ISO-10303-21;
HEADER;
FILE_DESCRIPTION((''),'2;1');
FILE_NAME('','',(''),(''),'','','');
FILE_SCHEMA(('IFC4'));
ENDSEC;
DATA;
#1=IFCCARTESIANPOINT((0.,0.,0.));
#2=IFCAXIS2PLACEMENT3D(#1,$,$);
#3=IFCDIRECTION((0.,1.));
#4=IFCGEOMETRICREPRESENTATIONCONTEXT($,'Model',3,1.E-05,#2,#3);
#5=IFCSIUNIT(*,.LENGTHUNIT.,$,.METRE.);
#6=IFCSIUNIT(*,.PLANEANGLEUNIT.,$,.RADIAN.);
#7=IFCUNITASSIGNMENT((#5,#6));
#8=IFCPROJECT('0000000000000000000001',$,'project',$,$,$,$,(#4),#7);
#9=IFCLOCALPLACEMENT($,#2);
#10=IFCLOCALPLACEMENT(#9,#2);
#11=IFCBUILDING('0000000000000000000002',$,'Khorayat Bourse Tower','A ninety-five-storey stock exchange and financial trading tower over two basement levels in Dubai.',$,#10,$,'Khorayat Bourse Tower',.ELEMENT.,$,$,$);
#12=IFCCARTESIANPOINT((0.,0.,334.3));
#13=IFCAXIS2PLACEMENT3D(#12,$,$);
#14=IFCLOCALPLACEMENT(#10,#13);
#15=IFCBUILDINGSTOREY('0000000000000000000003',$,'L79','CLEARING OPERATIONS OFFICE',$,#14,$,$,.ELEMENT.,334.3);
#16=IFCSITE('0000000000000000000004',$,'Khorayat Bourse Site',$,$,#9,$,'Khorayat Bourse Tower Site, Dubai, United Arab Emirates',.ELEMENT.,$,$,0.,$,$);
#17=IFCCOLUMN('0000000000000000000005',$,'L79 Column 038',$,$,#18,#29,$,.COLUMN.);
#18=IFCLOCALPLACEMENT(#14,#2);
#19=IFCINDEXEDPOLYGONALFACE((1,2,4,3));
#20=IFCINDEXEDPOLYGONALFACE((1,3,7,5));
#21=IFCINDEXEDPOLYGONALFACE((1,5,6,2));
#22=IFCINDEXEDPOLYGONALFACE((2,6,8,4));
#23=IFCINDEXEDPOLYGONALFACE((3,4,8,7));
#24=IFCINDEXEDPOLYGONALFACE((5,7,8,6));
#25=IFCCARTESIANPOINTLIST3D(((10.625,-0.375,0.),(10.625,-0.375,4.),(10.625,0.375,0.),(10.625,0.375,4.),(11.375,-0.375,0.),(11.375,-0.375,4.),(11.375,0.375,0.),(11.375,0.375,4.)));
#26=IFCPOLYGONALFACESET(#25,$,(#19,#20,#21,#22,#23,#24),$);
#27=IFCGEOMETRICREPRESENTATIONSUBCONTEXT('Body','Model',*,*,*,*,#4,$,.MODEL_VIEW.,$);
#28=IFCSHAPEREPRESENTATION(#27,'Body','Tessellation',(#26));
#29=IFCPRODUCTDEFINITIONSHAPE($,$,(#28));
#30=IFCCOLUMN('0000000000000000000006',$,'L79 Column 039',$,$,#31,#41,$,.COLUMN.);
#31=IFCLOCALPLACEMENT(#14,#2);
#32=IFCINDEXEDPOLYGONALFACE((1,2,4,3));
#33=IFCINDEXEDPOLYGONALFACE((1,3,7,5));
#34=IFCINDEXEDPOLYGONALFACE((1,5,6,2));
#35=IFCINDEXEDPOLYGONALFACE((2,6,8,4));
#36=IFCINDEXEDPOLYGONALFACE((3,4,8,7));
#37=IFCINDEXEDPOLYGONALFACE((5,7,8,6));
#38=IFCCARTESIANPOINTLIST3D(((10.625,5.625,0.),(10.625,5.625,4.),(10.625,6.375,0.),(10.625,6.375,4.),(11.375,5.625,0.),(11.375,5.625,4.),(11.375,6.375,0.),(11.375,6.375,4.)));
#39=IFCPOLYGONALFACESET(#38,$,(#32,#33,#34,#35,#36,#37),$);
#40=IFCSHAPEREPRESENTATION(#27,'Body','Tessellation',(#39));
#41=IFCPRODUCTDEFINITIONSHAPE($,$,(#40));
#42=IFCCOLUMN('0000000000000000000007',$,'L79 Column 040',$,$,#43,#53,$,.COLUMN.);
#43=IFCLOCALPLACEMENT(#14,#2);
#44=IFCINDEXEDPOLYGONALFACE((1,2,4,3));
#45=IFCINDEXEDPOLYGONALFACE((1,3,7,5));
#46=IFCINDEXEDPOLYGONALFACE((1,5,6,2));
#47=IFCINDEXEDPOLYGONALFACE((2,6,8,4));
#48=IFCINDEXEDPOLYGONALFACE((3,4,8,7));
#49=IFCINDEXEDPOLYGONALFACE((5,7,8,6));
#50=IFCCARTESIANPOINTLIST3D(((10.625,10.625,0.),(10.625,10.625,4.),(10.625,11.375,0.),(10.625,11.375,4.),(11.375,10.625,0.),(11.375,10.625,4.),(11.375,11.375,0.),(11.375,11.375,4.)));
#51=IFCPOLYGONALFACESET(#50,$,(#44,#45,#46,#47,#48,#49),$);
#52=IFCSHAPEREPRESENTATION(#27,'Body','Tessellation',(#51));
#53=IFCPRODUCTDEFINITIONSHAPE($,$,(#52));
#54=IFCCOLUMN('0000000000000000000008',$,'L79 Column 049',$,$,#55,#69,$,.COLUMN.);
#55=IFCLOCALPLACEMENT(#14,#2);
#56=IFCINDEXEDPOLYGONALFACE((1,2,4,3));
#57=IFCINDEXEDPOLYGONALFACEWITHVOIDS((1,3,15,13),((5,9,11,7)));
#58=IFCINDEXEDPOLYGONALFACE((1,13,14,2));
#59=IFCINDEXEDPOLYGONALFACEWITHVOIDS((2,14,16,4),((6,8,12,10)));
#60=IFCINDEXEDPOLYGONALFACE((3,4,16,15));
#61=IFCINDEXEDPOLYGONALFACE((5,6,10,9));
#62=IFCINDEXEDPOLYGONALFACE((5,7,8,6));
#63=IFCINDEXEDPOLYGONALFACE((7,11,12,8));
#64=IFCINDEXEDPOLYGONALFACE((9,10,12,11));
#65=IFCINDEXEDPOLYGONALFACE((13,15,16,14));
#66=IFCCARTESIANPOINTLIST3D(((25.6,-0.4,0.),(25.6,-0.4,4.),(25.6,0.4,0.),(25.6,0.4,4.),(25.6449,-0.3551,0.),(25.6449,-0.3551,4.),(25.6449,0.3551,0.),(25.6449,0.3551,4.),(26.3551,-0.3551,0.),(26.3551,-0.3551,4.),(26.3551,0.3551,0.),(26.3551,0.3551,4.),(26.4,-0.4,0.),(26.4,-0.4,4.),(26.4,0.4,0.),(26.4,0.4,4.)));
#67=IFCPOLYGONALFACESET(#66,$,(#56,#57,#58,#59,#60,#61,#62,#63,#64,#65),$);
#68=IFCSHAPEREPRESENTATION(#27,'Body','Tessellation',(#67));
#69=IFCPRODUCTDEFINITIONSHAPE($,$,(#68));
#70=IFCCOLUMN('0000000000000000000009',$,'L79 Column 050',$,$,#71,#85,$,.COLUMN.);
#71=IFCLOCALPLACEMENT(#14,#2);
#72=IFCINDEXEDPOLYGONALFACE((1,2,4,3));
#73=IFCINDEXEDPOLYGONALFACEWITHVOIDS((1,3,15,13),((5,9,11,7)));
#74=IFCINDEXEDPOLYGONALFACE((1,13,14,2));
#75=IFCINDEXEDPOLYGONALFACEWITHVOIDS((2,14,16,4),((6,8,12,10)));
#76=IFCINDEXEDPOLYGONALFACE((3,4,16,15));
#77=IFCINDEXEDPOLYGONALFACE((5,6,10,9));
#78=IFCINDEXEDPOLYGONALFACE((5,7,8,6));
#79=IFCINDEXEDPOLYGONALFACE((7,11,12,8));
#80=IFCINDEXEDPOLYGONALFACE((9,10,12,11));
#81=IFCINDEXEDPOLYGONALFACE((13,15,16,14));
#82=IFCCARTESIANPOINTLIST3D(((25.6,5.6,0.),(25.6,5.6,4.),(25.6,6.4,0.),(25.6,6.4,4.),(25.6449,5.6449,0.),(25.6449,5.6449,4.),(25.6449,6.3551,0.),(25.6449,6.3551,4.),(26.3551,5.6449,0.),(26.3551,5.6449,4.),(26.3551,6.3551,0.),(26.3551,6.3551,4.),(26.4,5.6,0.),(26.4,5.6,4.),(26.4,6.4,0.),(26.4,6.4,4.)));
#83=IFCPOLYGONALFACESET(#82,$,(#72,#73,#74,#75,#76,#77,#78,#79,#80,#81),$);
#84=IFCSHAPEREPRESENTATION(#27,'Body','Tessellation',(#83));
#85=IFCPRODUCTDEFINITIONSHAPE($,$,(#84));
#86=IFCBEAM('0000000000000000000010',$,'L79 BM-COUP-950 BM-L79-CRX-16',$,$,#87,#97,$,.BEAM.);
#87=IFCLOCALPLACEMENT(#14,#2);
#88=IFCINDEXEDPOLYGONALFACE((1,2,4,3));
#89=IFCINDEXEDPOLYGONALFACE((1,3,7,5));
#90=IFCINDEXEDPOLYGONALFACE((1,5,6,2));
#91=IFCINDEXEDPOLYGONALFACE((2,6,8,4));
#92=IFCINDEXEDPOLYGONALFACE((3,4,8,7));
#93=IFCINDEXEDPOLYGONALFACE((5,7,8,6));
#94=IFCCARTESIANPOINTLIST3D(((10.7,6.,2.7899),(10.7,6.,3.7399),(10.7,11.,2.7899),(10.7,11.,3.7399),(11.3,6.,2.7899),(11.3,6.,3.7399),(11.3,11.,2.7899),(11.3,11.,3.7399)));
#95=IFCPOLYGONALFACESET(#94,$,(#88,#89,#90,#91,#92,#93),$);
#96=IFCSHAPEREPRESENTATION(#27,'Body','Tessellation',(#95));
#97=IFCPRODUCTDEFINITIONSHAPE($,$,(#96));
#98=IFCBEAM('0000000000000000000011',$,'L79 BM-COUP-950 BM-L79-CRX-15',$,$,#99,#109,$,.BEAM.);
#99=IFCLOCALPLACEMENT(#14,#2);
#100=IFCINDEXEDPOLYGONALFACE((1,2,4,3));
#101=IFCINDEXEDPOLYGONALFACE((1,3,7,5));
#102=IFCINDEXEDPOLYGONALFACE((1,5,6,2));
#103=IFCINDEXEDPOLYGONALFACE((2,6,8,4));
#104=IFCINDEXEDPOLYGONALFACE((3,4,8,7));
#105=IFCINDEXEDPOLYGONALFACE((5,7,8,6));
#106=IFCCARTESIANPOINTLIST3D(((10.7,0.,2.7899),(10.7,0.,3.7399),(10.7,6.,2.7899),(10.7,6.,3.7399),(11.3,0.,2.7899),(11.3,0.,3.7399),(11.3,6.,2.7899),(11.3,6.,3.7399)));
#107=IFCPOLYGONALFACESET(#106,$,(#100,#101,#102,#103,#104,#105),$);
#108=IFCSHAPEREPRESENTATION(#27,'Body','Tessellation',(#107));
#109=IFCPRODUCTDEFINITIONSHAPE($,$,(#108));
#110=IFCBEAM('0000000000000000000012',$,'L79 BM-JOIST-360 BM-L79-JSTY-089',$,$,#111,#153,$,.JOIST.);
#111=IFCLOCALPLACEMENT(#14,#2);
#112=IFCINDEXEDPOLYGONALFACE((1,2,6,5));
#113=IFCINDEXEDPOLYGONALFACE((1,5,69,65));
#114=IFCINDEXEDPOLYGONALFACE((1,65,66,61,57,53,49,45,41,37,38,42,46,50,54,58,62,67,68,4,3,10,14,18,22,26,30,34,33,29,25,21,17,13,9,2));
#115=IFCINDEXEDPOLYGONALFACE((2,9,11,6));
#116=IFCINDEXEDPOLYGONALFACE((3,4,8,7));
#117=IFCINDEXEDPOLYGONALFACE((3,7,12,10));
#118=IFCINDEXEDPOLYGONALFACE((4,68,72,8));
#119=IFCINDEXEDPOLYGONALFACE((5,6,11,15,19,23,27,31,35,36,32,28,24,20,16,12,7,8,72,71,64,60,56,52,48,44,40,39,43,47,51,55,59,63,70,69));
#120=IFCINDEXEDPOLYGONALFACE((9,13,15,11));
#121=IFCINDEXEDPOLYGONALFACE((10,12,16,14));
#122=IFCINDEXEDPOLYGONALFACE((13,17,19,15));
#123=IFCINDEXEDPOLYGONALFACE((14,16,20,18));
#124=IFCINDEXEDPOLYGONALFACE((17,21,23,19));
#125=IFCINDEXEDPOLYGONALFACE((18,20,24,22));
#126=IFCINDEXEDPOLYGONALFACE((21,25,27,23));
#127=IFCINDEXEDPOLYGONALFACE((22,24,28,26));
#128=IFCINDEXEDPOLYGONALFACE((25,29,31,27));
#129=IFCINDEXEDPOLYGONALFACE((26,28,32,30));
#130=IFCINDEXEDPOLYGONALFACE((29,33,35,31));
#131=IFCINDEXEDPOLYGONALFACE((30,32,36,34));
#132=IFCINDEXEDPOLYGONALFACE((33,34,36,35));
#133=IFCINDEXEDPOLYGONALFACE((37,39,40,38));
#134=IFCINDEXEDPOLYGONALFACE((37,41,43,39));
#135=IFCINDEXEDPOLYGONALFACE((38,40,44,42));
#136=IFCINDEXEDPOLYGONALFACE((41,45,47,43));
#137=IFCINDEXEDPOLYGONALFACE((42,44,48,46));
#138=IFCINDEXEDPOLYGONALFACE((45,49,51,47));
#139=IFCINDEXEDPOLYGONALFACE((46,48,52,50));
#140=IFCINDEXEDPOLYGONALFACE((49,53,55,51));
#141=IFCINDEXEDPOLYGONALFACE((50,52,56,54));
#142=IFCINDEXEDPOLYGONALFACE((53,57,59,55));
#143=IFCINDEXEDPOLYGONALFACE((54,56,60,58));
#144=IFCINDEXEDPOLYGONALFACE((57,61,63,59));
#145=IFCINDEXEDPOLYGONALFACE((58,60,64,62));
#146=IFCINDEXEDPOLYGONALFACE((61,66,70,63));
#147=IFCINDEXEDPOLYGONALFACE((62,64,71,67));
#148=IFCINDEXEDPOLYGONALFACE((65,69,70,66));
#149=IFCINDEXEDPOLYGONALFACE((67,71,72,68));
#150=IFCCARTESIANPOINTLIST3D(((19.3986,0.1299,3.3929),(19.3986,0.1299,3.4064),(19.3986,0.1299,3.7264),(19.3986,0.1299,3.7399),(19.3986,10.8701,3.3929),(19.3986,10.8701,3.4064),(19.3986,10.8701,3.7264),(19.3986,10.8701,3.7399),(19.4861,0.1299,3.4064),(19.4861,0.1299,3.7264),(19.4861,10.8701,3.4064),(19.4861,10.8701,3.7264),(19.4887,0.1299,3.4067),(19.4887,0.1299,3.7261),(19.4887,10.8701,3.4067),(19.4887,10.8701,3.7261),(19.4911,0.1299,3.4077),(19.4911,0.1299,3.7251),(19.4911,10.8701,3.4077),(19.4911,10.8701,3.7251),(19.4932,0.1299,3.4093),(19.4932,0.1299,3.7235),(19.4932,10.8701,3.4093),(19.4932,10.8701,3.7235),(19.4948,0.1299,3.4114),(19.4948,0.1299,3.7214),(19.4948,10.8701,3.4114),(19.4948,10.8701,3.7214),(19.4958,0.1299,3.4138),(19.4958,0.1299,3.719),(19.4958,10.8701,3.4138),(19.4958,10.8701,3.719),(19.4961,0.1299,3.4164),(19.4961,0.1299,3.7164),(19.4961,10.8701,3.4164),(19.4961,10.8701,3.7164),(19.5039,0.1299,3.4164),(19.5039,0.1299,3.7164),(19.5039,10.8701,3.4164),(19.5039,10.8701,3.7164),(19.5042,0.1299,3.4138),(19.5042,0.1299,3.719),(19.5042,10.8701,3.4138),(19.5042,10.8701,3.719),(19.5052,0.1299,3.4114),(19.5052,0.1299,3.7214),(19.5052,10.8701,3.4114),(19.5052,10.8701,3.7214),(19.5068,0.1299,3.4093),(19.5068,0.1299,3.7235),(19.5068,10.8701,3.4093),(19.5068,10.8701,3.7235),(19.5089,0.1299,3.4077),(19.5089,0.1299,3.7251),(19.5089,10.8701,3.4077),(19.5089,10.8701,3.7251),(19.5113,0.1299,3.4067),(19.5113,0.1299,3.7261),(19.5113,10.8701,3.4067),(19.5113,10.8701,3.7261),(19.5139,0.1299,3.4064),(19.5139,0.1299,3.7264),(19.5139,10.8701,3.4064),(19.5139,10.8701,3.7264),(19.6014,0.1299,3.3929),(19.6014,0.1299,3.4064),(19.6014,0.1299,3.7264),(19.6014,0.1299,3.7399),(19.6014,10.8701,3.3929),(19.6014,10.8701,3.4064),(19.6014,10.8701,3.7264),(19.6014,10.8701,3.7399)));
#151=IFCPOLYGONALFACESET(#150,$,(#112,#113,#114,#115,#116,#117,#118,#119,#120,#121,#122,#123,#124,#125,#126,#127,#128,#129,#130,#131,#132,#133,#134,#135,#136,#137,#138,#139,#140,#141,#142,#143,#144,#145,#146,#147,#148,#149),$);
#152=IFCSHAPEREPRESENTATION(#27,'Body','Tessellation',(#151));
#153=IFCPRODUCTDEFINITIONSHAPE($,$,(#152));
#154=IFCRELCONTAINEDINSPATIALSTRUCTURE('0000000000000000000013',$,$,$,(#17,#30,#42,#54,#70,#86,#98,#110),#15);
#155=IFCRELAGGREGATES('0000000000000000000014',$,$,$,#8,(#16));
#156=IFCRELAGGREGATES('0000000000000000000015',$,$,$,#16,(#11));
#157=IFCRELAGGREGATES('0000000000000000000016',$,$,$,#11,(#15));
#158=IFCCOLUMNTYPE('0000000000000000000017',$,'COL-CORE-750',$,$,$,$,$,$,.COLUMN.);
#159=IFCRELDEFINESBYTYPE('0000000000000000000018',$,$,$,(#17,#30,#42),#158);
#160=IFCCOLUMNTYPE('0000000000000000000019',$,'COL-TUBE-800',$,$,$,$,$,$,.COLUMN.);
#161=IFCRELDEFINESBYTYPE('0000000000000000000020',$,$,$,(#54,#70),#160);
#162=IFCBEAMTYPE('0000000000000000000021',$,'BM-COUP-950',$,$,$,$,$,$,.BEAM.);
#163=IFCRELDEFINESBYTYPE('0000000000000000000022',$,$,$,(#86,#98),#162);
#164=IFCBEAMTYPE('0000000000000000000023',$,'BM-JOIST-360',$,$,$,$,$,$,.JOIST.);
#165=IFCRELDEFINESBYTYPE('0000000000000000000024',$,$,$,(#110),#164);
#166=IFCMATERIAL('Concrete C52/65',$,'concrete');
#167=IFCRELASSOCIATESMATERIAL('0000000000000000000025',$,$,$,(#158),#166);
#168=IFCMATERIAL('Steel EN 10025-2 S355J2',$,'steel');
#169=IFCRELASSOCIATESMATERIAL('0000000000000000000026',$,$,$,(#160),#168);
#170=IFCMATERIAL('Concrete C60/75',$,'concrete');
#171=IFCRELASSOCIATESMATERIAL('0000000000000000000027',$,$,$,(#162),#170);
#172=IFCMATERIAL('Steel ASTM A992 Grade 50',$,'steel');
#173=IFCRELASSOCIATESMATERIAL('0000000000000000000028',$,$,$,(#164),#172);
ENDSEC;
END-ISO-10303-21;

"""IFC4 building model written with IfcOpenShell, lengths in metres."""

from ifc_helpers import new_model, si_unit, direction, frame, origin, origin_2d, place, context, subcontext, project, spatial, rectangle, hollow_rectangle, i_section, extrude, source, transform, mapped, material, material_profile, profile_set, type_object, element, save


model = new_model("IFC4")

# Units and contexts
model_context = context("Model", 3, precision=1e-05, world=origin(), true_north=direction((0.0, 1.0)))
body_context = subcontext(model_context, "Body", "Model", "MODEL_VIEW")
ifc_project = project(units=[si_unit("LENGTHUNIT", "METRE"), si_unit("PLANEANGLEUNIT", "RADIAN")], contexts=[model_context])

# Site, building, storey
site_placement = place(None, origin())
site = spatial("IfcSite", under=ifc_project, at=site_placement, Name="Khorayat Bourse Site", LongName="Khorayat Bourse Tower Site, Dubai, United Arab Emirates", CompositionType="ELEMENT", RefElevation=0.0)
building_placement = place(site_placement, origin())
building = spatial("IfcBuilding", under=site, at=building_placement, Name="Khorayat Bourse Tower", Description="A ninety-five-storey stock exchange and financial trading tower over two basement levels in Dubai.", LongName="Khorayat Bourse Tower", CompositionType="ELEMENT")
storey_placement = place(building_placement, frame((0.0, 0.0, 334.3)))
storey = spatial("IfcBuildingStorey", under=building, at=storey_placement, Name="L79", Description="CLEARING OPERATIONS OFFICE", CompositionType="ELEMENT", Elevation=334.3)

# Columns
ifc_material_1 = material(Name="Concrete C52/65", Category="concrete")
ifc_material_profile_1 = material_profile(ifc_material_1, rectangle(XDim=0.75, YDim=0.75, at=origin_2d()), Name="RC 750x750")
ifc_profile_set_1 = profile_set([ifc_material_profile_1], Name="Concrete C52/65")
column_type_1 = type_object("IfcColumnType", Name="COL-CORE-750", PredefinedType="COLUMN", material=ifc_profile_set_1)
shared_shape_1 = source(origin(), body_context, "Body", "SweptSolid", [
    extrude(rectangle(XDim=0.75, YDim=0.75, at=origin_2d()), origin(), (0.0, 0.0, 1.0), 4.0),
])
for number, where, z_axis, x_axis, name in (
    (1, (11.0, 0.0, 0.0), (0.0, 0.0, 1.0), (1.0, 0.0, 0.0), "L79 Column 038"),
    (2, (11.0, 6.0, 0.0), (0.0, 0.0, 1.0), (1.0, 0.0, 0.0), "L79 Column 039"),
    (3, (11.0, 11.0, 0.0), (0.0, 0.0, 1.0), (1.0, 0.0, 0.0), "L79 Column 040"),
):
    element("IfcColumn", number, at=place(storey_placement, frame(where, z_axis=z_axis, x_axis=x_axis)), inside=storey, type_object=column_type_1, Name=name, PredefinedType="COLUMN", context=body_context, shape_type="MappedRepresentation", body=[
        mapped(shared_shape_1, transform((0.0, 0.0, 0.0), scale=1.0)),
    ])
ifc_material_2 = material(Name="Steel EN 10025-2 S355J2", Category="steel")
ifc_material_profile_2 = material_profile(ifc_material_2, hollow_rectangle(XDim=0.8, YDim=0.8, WallThickness=0.0449, at=origin_2d()), Name="BOX 800x800x45")
ifc_profile_set_2 = profile_set([ifc_material_profile_2], Name="Steel EN 10025-2 S355J2")
column_type_2 = type_object("IfcColumnType", Name="COL-TUBE-800", PredefinedType="COLUMN", material=ifc_profile_set_2)
shared_shape_2 = source(origin(), body_context, "Body", "SweptSolid", [
    extrude(hollow_rectangle(XDim=0.8, YDim=0.8, WallThickness=0.0449, at=origin_2d()), origin(), (0.0, 0.0, 1.0), 4.0),
])
for number, where, z_axis, x_axis, name in (
    (4, (26.0, 0.0, 0.0), (0.0, 0.0, 1.0), (1.0, 0.0, 0.0), "L79 Column 049"),
    (5, (26.0, 6.0, 0.0), (0.0, 0.0, 1.0), (1.0, 0.0, 0.0), "L79 Column 050"),
):
    element("IfcColumn", number, at=place(storey_placement, frame(where, z_axis=z_axis, x_axis=x_axis)), inside=storey, type_object=column_type_2, Name=name, PredefinedType="COLUMN", context=body_context, shape_type="MappedRepresentation", body=[
        mapped(shared_shape_2, transform((0.0, 0.0, 0.0), scale=1.0)),
    ])

# Beams
ifc_material_3 = material(Name="Concrete C60/75", Category="concrete")
ifc_material_profile_3 = material_profile(ifc_material_3, rectangle(XDim=0.6001, YDim=0.95, at=origin_2d()), Name="RC 600x950")
ifc_profile_set_3 = profile_set([ifc_material_profile_3], Name="Concrete C60/75")
beam_type_1 = type_object("IfcBeamType", Name="BM-COUP-950", PredefinedType="BEAM", material=ifc_profile_set_3)
shared_shape_3 = source(origin(), body_context, "Body", "SweptSolid", [
    extrude(rectangle(XDim=0.6001, YDim=0.95, at=origin_2d()), origin(), (0.0, 0.0, 1.0), 5.0),
])
beam_1_placement = place(storey_placement, frame((11.0, 6.0, 3.2649), z_axis=(0.0, 1.0, 0.0), x_axis=(-1.0, 0.0, 0.0)))
element("IfcBeam", 6, at=beam_1_placement, inside=storey, type_object=beam_type_1, Name="L79 BM-COUP-950 BM-L79-CRX-16", PredefinedType="BEAM", context=body_context, shape_type="MappedRepresentation", body=[
    mapped(shared_shape_3, transform((0.0, 0.0, 0.0), scale=1.0)),
])
shared_shape_4 = source(origin(), body_context, "Body", "SweptSolid", [
    extrude(rectangle(XDim=0.6001, YDim=0.95, at=origin_2d()), origin(), (0.0, 0.0, 1.0), 6.0),
])
beam_2_placement = place(storey_placement, frame((11.0, 0.0, 3.2649), z_axis=(0.0, 1.0, 0.0), x_axis=(-1.0, 0.0, 0.0)))
element("IfcBeam", 7, at=beam_2_placement, inside=storey, type_object=beam_type_1, Name="L79 BM-COUP-950 BM-L79-CRX-15", PredefinedType="BEAM", context=body_context, shape_type="MappedRepresentation", body=[
    mapped(shared_shape_4, transform((0.0, 0.0, 0.0), scale=1.0)),
])
ifc_material_4 = material(Name="Steel ASTM A992 Grade 50", Category="steel")
ifc_material_profile_4 = material_profile(ifc_material_4, i_section(OverallWidth=0.2029, OverallDepth=0.3469, WebThickness=0.0078, FlangeThickness=0.0134, FilletRadius=0.01, at=origin_2d()), Name="W360X64")
ifc_profile_set_4 = profile_set([ifc_material_profile_4], Name="Steel ASTM A992 Grade 50")
beam_type_2 = type_object("IfcBeamType", Name="BM-JOIST-360", PredefinedType="JOIST", material=ifc_profile_set_4)
shared_shape_5 = source(origin(), body_context, "Body", "SweptSolid", [
    extrude(i_section(OverallWidth=0.2029, OverallDepth=0.3469, WebThickness=0.0078, FlangeThickness=0.0134, FilletRadius=0.01, at=origin_2d()), origin(), (0.0, 0.0, 1.0), 10.7402),
])
beam_3_placement = place(storey_placement, frame((19.5, 0.1299, 3.5664), z_axis=(0.0, 1.0, 0.0), x_axis=(-1.0, 0.0, 0.0)))
element("IfcBeam", 8, at=beam_3_placement, inside=storey, type_object=beam_type_2, Name="L79 BM-JOIST-360 BM-L79-JSTY-089", PredefinedType="JOIST", context=body_context, shape_type="MappedRepresentation", body=[
    mapped(shared_shape_5, transform((0.0, 0.0, 0.0), scale=1.0)),
])

save(model, "model.ifc")
